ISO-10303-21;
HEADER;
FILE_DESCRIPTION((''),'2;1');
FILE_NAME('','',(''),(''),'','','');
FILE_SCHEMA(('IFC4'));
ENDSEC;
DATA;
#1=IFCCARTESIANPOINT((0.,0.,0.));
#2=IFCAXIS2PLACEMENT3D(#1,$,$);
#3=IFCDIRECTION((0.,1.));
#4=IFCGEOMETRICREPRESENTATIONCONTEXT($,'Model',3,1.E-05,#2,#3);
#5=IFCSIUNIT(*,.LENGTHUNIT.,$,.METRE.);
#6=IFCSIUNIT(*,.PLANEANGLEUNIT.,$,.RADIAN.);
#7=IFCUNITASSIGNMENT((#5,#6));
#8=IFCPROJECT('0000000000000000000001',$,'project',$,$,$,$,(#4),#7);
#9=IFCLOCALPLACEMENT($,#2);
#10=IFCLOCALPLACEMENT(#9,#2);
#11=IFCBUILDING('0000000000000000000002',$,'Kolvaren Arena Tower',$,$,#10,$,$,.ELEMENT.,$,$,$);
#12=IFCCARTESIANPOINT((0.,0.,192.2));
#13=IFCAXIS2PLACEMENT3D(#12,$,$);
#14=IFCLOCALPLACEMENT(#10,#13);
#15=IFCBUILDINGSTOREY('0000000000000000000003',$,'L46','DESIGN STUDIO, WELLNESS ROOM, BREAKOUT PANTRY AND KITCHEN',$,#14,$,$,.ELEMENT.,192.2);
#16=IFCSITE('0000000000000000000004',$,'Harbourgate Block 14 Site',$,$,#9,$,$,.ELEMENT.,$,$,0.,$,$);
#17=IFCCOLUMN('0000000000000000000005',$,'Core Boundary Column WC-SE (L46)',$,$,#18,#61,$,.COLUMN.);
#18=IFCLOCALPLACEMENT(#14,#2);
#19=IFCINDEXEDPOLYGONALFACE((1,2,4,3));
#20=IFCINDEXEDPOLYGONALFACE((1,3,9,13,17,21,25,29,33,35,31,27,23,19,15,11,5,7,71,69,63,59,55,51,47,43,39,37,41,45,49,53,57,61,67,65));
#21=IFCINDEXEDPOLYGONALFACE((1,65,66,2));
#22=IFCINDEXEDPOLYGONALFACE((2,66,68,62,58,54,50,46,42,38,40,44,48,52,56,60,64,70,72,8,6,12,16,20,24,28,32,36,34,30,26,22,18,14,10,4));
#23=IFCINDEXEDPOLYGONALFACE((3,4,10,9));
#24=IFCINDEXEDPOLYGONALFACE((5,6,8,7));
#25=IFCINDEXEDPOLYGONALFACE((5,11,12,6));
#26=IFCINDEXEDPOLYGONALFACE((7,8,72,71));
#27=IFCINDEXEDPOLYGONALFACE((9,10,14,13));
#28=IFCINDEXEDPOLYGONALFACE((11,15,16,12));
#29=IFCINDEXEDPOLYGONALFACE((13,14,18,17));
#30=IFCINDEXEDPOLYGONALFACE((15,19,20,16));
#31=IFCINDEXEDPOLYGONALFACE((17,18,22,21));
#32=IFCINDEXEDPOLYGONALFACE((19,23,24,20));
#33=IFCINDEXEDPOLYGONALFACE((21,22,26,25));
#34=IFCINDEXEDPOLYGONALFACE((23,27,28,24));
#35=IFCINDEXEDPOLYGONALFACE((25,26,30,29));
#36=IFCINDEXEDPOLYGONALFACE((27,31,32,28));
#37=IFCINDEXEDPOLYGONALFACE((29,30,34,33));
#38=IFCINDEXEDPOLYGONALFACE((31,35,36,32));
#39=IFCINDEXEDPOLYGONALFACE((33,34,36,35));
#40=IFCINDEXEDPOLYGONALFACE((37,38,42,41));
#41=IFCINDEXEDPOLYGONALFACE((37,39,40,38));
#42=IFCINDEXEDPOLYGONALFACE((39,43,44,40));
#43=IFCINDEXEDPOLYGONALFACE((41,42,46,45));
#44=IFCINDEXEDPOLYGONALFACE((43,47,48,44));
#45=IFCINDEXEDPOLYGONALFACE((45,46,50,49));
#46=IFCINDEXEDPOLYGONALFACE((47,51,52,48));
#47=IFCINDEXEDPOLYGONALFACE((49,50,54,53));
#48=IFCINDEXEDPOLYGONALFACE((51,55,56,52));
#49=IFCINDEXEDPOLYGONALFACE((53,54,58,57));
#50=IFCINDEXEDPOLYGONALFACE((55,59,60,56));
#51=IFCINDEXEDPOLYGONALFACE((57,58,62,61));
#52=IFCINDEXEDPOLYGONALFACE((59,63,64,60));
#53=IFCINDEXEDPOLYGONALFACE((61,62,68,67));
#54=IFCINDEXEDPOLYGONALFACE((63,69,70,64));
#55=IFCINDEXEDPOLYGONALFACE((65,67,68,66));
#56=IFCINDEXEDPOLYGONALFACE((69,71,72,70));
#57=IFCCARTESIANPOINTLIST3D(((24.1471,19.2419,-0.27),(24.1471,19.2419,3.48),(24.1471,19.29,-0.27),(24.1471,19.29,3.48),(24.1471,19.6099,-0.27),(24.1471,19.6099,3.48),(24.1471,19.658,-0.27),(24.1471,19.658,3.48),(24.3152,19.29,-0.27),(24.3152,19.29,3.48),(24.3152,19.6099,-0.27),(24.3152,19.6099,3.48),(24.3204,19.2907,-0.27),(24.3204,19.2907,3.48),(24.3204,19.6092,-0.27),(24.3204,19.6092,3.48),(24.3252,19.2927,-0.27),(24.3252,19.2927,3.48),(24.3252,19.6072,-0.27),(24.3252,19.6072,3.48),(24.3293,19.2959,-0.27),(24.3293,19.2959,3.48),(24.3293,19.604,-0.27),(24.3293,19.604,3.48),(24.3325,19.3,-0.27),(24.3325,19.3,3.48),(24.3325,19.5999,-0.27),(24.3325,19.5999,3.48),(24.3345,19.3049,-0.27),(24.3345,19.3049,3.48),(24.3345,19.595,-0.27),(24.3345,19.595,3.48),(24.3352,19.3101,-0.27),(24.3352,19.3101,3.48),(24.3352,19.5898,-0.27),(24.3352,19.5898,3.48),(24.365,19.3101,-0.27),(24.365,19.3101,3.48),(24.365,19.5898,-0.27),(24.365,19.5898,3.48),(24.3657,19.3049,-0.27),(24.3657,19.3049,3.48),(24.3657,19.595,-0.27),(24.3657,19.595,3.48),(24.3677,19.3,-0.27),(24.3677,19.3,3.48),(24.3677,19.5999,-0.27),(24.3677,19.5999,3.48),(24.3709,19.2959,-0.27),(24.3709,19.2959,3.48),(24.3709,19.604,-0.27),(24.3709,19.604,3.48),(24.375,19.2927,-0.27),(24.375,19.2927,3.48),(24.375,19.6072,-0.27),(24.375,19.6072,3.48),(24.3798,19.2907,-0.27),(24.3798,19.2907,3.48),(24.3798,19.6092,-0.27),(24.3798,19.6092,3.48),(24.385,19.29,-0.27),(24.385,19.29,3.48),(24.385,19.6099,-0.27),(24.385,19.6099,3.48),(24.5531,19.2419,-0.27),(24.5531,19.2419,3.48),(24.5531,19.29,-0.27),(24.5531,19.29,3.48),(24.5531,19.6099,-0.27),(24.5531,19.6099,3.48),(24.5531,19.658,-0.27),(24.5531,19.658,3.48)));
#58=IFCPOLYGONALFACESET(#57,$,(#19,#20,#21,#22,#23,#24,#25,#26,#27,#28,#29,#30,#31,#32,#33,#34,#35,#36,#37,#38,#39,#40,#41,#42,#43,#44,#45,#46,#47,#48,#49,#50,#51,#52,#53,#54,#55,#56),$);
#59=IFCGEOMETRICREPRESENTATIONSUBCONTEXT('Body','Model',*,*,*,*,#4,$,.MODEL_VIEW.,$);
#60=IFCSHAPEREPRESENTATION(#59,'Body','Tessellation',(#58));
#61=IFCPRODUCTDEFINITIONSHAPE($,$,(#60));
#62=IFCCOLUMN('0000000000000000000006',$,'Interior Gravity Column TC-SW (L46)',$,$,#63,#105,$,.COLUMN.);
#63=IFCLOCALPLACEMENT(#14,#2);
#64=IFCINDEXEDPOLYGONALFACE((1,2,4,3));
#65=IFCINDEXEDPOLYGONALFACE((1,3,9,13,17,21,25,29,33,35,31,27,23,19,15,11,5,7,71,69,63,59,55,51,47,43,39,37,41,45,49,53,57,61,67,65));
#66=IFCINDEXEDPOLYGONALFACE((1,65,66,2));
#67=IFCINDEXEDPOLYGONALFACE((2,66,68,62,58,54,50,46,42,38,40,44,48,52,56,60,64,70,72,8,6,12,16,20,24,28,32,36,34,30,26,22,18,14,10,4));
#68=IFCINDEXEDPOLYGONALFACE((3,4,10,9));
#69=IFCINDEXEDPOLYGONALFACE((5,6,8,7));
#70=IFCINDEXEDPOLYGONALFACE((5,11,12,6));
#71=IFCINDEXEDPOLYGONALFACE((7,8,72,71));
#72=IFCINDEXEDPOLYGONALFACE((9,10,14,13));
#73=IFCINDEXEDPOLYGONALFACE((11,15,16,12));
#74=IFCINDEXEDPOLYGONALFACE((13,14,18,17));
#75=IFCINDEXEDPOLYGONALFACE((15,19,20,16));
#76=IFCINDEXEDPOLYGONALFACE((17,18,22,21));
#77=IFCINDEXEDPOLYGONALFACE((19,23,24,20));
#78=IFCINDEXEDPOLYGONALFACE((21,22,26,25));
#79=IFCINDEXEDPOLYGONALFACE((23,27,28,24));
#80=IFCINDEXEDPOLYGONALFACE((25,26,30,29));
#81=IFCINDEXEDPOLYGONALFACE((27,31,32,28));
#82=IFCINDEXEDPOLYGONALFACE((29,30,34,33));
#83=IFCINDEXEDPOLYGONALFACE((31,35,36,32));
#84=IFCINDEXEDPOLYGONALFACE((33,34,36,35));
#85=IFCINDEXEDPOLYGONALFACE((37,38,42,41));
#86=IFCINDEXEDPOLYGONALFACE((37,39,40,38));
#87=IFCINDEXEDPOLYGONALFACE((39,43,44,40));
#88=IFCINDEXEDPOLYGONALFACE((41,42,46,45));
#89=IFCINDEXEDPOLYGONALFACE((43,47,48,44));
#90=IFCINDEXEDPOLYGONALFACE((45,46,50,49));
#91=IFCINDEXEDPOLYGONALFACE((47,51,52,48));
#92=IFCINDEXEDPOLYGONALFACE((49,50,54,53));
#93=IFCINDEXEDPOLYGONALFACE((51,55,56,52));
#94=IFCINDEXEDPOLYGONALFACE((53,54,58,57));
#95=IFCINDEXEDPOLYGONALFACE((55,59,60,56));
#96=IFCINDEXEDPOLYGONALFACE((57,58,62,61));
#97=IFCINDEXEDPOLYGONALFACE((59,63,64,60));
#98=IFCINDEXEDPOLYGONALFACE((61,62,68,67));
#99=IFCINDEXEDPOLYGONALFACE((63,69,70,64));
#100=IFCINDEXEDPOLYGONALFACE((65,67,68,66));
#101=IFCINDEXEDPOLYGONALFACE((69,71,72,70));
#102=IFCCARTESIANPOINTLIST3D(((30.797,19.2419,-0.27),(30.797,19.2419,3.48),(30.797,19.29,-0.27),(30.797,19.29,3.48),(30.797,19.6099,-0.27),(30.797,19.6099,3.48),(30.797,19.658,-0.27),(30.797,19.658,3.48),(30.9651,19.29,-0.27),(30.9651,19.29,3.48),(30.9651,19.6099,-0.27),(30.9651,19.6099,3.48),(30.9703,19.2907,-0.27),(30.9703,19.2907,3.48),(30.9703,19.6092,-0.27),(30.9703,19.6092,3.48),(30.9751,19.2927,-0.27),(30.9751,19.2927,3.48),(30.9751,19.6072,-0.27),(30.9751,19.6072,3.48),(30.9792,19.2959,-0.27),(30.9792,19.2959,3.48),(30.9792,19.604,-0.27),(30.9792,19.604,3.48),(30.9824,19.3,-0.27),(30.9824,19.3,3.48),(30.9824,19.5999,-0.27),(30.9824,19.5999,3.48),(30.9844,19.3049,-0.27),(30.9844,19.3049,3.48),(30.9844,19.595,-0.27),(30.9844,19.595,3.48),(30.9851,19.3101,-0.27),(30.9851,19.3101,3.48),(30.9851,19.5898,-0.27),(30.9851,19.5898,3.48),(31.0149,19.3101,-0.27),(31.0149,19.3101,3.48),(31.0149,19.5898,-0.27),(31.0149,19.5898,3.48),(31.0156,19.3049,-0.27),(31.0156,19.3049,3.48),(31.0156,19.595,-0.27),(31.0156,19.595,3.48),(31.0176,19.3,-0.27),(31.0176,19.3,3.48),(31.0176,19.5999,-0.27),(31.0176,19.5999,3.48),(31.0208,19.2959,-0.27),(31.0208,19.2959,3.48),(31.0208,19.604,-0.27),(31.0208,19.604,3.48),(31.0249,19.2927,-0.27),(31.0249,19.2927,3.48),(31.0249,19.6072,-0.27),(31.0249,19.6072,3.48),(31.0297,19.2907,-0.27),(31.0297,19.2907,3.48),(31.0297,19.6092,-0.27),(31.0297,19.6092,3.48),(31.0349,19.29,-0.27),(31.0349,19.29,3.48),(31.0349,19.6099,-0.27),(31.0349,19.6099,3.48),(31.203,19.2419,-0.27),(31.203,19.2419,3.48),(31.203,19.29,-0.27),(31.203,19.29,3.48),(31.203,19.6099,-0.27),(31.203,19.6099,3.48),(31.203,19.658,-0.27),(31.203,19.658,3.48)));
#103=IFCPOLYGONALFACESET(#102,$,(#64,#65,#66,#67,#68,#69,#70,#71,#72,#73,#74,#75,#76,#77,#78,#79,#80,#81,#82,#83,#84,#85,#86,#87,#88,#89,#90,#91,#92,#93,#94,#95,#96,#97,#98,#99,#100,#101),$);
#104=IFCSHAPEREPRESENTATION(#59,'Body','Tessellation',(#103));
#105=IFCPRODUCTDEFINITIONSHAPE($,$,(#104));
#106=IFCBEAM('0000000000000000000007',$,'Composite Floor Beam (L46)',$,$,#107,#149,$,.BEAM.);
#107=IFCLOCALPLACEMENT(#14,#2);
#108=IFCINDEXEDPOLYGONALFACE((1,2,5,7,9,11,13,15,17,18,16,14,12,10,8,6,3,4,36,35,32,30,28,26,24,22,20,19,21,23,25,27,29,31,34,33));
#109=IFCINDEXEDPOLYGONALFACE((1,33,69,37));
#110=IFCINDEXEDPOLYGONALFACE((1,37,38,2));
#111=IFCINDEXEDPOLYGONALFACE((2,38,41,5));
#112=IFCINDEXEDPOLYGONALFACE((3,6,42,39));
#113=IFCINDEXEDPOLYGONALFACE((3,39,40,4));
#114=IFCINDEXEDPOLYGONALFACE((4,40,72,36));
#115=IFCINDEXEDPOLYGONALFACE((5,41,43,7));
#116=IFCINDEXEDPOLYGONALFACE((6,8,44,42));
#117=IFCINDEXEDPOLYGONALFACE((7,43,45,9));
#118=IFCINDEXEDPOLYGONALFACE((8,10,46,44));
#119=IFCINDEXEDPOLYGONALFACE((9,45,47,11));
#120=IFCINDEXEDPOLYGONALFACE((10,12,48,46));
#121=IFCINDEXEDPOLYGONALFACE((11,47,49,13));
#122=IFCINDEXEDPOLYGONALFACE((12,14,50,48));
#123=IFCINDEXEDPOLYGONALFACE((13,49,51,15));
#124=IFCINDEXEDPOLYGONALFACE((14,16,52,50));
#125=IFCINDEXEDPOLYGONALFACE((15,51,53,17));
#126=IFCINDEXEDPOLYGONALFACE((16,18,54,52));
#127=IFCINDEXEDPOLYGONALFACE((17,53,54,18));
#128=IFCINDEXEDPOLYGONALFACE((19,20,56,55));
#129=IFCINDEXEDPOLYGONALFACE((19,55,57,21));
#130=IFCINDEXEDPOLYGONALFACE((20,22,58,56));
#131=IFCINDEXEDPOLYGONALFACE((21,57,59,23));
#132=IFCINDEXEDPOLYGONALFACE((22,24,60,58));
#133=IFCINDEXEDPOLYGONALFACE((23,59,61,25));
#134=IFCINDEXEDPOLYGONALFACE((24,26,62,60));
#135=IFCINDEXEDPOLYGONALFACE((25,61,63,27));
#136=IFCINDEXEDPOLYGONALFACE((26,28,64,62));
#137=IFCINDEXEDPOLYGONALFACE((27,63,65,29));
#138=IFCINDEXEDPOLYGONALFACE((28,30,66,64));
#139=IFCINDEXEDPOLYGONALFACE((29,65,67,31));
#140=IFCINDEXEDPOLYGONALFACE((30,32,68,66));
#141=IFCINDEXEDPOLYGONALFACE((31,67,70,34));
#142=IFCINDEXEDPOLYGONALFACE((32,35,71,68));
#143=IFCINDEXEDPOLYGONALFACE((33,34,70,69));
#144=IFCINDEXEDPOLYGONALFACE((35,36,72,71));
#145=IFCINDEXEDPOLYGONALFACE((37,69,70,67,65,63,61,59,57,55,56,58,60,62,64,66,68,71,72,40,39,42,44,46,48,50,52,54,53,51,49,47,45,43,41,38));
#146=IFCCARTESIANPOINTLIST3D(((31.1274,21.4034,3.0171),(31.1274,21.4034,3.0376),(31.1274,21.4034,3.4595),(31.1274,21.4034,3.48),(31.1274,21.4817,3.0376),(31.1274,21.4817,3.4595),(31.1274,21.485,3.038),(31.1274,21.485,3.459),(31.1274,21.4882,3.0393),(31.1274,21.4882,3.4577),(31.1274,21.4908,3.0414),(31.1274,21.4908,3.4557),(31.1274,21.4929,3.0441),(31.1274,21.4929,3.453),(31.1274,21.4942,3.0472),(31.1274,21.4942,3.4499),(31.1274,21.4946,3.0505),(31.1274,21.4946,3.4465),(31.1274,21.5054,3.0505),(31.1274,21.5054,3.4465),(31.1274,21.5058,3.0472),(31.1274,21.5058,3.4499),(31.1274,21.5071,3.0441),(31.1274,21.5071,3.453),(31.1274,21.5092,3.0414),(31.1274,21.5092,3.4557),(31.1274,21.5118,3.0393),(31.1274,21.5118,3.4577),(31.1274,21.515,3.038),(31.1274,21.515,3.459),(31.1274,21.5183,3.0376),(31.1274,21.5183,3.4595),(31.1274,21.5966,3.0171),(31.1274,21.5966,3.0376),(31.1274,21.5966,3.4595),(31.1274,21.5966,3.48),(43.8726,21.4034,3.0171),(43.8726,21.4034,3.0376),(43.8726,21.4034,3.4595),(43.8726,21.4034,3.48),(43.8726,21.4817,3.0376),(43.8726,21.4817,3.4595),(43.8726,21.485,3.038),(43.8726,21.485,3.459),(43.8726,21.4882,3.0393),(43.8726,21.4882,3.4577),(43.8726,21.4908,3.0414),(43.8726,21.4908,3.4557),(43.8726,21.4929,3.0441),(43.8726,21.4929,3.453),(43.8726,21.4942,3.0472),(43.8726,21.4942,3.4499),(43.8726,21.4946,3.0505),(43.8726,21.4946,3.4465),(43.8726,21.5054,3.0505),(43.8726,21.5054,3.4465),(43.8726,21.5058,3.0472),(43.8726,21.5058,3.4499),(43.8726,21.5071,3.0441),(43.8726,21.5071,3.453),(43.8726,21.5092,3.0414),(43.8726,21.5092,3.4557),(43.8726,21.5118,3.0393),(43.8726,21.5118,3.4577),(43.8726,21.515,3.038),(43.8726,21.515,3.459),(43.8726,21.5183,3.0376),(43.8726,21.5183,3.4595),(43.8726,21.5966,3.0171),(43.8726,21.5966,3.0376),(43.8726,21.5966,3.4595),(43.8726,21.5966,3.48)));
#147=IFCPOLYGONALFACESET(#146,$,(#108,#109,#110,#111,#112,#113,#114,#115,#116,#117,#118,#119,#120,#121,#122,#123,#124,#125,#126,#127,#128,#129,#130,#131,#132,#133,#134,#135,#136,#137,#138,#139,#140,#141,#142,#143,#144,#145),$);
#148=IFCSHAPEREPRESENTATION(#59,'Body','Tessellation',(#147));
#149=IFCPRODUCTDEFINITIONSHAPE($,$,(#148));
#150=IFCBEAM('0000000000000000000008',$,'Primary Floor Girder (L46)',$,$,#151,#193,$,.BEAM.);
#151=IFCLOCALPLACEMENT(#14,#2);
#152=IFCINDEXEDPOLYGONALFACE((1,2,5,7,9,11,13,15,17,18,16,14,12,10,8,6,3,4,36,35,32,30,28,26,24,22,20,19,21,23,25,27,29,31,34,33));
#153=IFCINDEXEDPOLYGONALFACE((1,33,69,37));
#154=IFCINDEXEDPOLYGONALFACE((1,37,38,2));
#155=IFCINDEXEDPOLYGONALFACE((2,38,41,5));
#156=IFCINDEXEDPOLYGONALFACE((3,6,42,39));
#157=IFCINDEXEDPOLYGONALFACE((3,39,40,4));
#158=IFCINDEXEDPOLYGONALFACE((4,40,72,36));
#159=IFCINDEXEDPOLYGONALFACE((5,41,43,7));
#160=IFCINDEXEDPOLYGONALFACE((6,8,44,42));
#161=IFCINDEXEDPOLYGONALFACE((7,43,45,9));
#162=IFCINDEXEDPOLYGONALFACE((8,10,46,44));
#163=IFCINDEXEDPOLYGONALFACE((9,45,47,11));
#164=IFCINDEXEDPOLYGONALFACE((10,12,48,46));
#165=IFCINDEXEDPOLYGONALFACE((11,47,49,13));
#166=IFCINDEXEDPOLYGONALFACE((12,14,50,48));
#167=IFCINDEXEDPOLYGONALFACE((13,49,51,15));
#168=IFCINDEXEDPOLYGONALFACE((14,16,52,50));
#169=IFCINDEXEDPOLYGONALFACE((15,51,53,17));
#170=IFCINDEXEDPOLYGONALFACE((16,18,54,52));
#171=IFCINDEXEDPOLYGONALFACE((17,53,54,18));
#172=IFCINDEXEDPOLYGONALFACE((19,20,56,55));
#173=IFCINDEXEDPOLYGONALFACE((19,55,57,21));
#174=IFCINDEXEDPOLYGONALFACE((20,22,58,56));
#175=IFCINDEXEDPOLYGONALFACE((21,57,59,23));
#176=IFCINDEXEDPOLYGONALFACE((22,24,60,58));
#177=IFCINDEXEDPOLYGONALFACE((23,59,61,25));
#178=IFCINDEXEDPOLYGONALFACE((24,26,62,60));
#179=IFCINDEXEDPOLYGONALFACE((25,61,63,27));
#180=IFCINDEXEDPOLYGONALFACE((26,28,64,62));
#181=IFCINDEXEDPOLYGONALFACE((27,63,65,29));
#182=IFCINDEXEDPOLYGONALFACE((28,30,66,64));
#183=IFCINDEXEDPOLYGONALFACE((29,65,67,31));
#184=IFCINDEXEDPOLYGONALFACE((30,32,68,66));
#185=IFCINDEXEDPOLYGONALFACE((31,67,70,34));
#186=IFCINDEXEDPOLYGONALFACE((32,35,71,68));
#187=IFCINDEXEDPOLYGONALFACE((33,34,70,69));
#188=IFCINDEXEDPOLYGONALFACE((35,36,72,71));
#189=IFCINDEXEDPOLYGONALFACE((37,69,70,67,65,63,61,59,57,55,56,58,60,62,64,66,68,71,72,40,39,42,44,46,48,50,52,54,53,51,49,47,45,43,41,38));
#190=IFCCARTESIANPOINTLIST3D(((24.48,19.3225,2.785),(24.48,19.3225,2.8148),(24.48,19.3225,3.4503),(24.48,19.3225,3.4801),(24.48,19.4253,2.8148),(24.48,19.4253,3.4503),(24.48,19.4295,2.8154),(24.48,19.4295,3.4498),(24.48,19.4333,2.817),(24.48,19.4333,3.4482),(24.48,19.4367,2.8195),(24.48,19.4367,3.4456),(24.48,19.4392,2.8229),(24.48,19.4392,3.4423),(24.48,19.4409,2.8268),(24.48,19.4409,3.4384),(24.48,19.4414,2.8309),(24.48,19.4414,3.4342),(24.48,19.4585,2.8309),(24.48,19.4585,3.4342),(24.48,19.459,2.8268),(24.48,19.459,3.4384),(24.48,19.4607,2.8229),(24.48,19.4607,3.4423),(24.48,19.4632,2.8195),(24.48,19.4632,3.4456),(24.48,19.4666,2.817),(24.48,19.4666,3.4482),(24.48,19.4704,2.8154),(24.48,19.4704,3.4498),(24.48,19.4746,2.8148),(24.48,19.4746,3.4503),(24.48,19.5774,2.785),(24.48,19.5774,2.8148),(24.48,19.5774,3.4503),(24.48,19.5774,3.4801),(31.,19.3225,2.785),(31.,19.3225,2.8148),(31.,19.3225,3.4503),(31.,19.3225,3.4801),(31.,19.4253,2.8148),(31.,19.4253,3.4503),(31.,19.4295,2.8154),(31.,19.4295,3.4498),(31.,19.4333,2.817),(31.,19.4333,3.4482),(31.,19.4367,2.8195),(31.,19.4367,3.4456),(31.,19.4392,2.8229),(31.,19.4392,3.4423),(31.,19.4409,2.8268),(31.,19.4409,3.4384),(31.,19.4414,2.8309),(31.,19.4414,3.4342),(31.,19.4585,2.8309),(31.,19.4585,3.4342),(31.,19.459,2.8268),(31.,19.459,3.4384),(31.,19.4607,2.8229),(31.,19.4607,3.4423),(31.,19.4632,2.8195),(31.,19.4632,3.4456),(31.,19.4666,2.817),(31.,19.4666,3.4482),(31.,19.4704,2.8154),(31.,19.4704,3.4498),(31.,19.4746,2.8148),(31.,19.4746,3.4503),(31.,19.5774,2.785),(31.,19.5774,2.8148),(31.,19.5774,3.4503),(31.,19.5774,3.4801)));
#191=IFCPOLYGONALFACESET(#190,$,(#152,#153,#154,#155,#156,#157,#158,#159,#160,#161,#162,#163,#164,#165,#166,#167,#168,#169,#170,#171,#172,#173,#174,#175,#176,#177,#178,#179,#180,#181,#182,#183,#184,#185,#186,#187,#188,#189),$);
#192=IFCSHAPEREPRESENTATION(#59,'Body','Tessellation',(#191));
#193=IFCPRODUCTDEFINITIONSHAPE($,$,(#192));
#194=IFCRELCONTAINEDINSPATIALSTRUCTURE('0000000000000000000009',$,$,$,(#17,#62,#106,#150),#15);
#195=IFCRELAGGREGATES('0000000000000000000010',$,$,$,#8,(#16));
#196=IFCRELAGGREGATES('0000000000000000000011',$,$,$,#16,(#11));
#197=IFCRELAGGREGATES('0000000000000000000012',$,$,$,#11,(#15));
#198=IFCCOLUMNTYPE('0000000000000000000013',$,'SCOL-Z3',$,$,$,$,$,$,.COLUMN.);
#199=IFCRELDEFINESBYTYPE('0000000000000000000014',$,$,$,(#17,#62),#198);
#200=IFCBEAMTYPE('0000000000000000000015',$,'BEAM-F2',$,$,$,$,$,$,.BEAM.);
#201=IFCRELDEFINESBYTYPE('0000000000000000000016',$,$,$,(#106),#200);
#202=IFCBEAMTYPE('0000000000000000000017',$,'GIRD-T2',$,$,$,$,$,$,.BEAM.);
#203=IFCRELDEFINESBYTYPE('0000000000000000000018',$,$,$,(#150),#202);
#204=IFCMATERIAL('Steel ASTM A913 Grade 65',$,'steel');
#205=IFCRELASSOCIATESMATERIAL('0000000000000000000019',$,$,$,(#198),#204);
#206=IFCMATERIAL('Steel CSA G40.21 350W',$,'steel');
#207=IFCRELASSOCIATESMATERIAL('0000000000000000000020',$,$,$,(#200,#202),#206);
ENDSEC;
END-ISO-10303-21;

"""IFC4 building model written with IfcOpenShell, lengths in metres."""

from ifc_helpers import new_model, si_unit, direction, frame, origin, origin_2d, place, context, subcontext, project, spatial, i_section, extrude, material, material_profile, profile_set, type_object, element, save


model = new_model("IFC4")

# Units and contexts
model_context = context("Model", 3, precision=1e-05, world=origin(), true_north=direction((0.0, 1.0)))
body_context = subcontext(model_context, "Body", "Model", "MODEL_VIEW")
ifc_project = project(units=[si_unit("LENGTHUNIT", "METRE"), si_unit("PLANEANGLEUNIT", "RADIAN")], contexts=[model_context])

# Site, building, storey
site_placement = place(None, origin())
site = spatial("IfcSite", under=ifc_project, at=site_placement, Name="Harbourgate Block 14 Site", CompositionType="ELEMENT", RefElevation=0.0)
building_placement = place(site_placement, origin())
building = spatial("IfcBuilding", under=site, at=building_placement, Name="Kolvaren Arena Tower", CompositionType="ELEMENT")
storey_placement = place(building_placement, frame((0.0, 0.0, 192.2)))
storey = spatial("IfcBuildingStorey", under=building, at=storey_placement, Name="L46", Description="DESIGN STUDIO, WELLNESS ROOM, BREAKOUT PANTRY AND KITCHEN", CompositionType="ELEMENT", Elevation=192.2)

# Columns
ifc_material_1 = material(Name="Steel ASTM A913 Grade 65", Category="steel")
ifc_material_profile_1 = material_profile(ifc_material_1, i_section(OverallWidth=0.406, OverallDepth=0.416, WebThickness=0.0298, FlangeThickness=0.0481, FilletRadius=0.02, at=origin_2d()), Name="W360x382")
ifc_profile_set_1 = profile_set([ifc_material_profile_1], Name="Steel ASTM A913 Grade 65")
column_type = type_object("IfcColumnType", Name="SCOL-Z3", PredefinedType="COLUMN", material=ifc_profile_set_1)
for number, where, z_axis, x_axis, name in (
    (1, (24.3501, 19.45, -0.27), (0.0, 0.0, 1.0), (1.0, 0.0, 0.0), "Core Boundary Column WC-SE (L46)"),
    (2, (31.0, 19.45, -0.27), (0.0, 0.0, 1.0), (1.0, 0.0, 0.0), "Interior Gravity Column TC-SW (L46)"),
):
    element("IfcColumn", number, at=place(storey_placement, frame(where, z_axis=z_axis, x_axis=x_axis)), inside=storey, type_object=column_type, Name=name, PredefinedType="COLUMN", context=body_context, shape_type="SweptSolid", body=[
        extrude(i_section(OverallWidth=0.406, OverallDepth=0.416, WebThickness=0.0298, FlangeThickness=0.0481, FilletRadius=0.02, at=origin_2d()), origin(), (0.0, 0.0, 1.0), 3.75),
    ])

# Beams
ifc_material_2 = material(Name="Steel CSA G40.21 350W", Category="steel")
ifc_material_profile_2 = material_profile(ifc_material_2, i_section(OverallWidth=0.1931, OverallDepth=0.4629, WebThickness=0.0107, FlangeThickness=0.0205, FilletRadius=0.0129, at=origin_2d()), Name="W460x113")
ifc_profile_set_2 = profile_set([ifc_material_profile_2], Name="Steel CSA G40.21 350W")
beam_type_1 = type_object("IfcBeamType", Name="BEAM-F2", PredefinedType="BEAM", material=ifc_profile_set_2)
beam_1_placement = place(storey_placement, frame((31.1274, 21.5, 3.2485), z_axis=(1.0, 0.0, 0.0), x_axis=(0.0, 1.0, 0.0)))
element("IfcBeam", 3, at=beam_1_placement, inside=storey, type_object=beam_type_1, Name="Composite Floor Beam (L46)", PredefinedType="BEAM", context=body_context, shape_type="SweptSolid", body=[
    extrude(i_section(OverallWidth=0.1931, OverallDepth=0.4629, WebThickness=0.0107, FlangeThickness=0.0205, FilletRadius=0.0129, at=origin_2d()), origin(), (0.0, 0.0, 1.0), 12.7451),
])
ifc_material_profile_3 = material_profile(ifc_material_2, i_section(OverallWidth=0.2549, OverallDepth=0.6951, WebThickness=0.0171, FlangeThickness=0.0298, FilletRadius=0.0161, at=origin_2d()), Name="W690x217")
ifc_profile_set_3 = profile_set([ifc_material_profile_3], Name="Steel CSA G40.21 350W")
beam_type_2 = type_object("IfcBeamType", Name="GIRD-T2", PredefinedType="BEAM", material=ifc_profile_set_3)
beam_2_placement = place(storey_placement, frame((24.48, 19.45, 3.1326), z_axis=(1.0, 0.0, 0.0), x_axis=(0.0, 1.0, 0.0)))
element("IfcBeam", 4, at=beam_2_placement, inside=storey, type_object=beam_type_2, Name="Primary Floor Girder (L46)", PredefinedType="BEAM", context=body_context, shape_type="SweptSolid", body=[
    extrude(i_section(OverallWidth=0.2549, OverallDepth=0.6951, WebThickness=0.0171, FlangeThickness=0.0298, FilletRadius=0.0161, at=origin_2d()), origin(), (0.0, 0.0, 1.0), 6.52),
])

save(model, "model.ifc")
